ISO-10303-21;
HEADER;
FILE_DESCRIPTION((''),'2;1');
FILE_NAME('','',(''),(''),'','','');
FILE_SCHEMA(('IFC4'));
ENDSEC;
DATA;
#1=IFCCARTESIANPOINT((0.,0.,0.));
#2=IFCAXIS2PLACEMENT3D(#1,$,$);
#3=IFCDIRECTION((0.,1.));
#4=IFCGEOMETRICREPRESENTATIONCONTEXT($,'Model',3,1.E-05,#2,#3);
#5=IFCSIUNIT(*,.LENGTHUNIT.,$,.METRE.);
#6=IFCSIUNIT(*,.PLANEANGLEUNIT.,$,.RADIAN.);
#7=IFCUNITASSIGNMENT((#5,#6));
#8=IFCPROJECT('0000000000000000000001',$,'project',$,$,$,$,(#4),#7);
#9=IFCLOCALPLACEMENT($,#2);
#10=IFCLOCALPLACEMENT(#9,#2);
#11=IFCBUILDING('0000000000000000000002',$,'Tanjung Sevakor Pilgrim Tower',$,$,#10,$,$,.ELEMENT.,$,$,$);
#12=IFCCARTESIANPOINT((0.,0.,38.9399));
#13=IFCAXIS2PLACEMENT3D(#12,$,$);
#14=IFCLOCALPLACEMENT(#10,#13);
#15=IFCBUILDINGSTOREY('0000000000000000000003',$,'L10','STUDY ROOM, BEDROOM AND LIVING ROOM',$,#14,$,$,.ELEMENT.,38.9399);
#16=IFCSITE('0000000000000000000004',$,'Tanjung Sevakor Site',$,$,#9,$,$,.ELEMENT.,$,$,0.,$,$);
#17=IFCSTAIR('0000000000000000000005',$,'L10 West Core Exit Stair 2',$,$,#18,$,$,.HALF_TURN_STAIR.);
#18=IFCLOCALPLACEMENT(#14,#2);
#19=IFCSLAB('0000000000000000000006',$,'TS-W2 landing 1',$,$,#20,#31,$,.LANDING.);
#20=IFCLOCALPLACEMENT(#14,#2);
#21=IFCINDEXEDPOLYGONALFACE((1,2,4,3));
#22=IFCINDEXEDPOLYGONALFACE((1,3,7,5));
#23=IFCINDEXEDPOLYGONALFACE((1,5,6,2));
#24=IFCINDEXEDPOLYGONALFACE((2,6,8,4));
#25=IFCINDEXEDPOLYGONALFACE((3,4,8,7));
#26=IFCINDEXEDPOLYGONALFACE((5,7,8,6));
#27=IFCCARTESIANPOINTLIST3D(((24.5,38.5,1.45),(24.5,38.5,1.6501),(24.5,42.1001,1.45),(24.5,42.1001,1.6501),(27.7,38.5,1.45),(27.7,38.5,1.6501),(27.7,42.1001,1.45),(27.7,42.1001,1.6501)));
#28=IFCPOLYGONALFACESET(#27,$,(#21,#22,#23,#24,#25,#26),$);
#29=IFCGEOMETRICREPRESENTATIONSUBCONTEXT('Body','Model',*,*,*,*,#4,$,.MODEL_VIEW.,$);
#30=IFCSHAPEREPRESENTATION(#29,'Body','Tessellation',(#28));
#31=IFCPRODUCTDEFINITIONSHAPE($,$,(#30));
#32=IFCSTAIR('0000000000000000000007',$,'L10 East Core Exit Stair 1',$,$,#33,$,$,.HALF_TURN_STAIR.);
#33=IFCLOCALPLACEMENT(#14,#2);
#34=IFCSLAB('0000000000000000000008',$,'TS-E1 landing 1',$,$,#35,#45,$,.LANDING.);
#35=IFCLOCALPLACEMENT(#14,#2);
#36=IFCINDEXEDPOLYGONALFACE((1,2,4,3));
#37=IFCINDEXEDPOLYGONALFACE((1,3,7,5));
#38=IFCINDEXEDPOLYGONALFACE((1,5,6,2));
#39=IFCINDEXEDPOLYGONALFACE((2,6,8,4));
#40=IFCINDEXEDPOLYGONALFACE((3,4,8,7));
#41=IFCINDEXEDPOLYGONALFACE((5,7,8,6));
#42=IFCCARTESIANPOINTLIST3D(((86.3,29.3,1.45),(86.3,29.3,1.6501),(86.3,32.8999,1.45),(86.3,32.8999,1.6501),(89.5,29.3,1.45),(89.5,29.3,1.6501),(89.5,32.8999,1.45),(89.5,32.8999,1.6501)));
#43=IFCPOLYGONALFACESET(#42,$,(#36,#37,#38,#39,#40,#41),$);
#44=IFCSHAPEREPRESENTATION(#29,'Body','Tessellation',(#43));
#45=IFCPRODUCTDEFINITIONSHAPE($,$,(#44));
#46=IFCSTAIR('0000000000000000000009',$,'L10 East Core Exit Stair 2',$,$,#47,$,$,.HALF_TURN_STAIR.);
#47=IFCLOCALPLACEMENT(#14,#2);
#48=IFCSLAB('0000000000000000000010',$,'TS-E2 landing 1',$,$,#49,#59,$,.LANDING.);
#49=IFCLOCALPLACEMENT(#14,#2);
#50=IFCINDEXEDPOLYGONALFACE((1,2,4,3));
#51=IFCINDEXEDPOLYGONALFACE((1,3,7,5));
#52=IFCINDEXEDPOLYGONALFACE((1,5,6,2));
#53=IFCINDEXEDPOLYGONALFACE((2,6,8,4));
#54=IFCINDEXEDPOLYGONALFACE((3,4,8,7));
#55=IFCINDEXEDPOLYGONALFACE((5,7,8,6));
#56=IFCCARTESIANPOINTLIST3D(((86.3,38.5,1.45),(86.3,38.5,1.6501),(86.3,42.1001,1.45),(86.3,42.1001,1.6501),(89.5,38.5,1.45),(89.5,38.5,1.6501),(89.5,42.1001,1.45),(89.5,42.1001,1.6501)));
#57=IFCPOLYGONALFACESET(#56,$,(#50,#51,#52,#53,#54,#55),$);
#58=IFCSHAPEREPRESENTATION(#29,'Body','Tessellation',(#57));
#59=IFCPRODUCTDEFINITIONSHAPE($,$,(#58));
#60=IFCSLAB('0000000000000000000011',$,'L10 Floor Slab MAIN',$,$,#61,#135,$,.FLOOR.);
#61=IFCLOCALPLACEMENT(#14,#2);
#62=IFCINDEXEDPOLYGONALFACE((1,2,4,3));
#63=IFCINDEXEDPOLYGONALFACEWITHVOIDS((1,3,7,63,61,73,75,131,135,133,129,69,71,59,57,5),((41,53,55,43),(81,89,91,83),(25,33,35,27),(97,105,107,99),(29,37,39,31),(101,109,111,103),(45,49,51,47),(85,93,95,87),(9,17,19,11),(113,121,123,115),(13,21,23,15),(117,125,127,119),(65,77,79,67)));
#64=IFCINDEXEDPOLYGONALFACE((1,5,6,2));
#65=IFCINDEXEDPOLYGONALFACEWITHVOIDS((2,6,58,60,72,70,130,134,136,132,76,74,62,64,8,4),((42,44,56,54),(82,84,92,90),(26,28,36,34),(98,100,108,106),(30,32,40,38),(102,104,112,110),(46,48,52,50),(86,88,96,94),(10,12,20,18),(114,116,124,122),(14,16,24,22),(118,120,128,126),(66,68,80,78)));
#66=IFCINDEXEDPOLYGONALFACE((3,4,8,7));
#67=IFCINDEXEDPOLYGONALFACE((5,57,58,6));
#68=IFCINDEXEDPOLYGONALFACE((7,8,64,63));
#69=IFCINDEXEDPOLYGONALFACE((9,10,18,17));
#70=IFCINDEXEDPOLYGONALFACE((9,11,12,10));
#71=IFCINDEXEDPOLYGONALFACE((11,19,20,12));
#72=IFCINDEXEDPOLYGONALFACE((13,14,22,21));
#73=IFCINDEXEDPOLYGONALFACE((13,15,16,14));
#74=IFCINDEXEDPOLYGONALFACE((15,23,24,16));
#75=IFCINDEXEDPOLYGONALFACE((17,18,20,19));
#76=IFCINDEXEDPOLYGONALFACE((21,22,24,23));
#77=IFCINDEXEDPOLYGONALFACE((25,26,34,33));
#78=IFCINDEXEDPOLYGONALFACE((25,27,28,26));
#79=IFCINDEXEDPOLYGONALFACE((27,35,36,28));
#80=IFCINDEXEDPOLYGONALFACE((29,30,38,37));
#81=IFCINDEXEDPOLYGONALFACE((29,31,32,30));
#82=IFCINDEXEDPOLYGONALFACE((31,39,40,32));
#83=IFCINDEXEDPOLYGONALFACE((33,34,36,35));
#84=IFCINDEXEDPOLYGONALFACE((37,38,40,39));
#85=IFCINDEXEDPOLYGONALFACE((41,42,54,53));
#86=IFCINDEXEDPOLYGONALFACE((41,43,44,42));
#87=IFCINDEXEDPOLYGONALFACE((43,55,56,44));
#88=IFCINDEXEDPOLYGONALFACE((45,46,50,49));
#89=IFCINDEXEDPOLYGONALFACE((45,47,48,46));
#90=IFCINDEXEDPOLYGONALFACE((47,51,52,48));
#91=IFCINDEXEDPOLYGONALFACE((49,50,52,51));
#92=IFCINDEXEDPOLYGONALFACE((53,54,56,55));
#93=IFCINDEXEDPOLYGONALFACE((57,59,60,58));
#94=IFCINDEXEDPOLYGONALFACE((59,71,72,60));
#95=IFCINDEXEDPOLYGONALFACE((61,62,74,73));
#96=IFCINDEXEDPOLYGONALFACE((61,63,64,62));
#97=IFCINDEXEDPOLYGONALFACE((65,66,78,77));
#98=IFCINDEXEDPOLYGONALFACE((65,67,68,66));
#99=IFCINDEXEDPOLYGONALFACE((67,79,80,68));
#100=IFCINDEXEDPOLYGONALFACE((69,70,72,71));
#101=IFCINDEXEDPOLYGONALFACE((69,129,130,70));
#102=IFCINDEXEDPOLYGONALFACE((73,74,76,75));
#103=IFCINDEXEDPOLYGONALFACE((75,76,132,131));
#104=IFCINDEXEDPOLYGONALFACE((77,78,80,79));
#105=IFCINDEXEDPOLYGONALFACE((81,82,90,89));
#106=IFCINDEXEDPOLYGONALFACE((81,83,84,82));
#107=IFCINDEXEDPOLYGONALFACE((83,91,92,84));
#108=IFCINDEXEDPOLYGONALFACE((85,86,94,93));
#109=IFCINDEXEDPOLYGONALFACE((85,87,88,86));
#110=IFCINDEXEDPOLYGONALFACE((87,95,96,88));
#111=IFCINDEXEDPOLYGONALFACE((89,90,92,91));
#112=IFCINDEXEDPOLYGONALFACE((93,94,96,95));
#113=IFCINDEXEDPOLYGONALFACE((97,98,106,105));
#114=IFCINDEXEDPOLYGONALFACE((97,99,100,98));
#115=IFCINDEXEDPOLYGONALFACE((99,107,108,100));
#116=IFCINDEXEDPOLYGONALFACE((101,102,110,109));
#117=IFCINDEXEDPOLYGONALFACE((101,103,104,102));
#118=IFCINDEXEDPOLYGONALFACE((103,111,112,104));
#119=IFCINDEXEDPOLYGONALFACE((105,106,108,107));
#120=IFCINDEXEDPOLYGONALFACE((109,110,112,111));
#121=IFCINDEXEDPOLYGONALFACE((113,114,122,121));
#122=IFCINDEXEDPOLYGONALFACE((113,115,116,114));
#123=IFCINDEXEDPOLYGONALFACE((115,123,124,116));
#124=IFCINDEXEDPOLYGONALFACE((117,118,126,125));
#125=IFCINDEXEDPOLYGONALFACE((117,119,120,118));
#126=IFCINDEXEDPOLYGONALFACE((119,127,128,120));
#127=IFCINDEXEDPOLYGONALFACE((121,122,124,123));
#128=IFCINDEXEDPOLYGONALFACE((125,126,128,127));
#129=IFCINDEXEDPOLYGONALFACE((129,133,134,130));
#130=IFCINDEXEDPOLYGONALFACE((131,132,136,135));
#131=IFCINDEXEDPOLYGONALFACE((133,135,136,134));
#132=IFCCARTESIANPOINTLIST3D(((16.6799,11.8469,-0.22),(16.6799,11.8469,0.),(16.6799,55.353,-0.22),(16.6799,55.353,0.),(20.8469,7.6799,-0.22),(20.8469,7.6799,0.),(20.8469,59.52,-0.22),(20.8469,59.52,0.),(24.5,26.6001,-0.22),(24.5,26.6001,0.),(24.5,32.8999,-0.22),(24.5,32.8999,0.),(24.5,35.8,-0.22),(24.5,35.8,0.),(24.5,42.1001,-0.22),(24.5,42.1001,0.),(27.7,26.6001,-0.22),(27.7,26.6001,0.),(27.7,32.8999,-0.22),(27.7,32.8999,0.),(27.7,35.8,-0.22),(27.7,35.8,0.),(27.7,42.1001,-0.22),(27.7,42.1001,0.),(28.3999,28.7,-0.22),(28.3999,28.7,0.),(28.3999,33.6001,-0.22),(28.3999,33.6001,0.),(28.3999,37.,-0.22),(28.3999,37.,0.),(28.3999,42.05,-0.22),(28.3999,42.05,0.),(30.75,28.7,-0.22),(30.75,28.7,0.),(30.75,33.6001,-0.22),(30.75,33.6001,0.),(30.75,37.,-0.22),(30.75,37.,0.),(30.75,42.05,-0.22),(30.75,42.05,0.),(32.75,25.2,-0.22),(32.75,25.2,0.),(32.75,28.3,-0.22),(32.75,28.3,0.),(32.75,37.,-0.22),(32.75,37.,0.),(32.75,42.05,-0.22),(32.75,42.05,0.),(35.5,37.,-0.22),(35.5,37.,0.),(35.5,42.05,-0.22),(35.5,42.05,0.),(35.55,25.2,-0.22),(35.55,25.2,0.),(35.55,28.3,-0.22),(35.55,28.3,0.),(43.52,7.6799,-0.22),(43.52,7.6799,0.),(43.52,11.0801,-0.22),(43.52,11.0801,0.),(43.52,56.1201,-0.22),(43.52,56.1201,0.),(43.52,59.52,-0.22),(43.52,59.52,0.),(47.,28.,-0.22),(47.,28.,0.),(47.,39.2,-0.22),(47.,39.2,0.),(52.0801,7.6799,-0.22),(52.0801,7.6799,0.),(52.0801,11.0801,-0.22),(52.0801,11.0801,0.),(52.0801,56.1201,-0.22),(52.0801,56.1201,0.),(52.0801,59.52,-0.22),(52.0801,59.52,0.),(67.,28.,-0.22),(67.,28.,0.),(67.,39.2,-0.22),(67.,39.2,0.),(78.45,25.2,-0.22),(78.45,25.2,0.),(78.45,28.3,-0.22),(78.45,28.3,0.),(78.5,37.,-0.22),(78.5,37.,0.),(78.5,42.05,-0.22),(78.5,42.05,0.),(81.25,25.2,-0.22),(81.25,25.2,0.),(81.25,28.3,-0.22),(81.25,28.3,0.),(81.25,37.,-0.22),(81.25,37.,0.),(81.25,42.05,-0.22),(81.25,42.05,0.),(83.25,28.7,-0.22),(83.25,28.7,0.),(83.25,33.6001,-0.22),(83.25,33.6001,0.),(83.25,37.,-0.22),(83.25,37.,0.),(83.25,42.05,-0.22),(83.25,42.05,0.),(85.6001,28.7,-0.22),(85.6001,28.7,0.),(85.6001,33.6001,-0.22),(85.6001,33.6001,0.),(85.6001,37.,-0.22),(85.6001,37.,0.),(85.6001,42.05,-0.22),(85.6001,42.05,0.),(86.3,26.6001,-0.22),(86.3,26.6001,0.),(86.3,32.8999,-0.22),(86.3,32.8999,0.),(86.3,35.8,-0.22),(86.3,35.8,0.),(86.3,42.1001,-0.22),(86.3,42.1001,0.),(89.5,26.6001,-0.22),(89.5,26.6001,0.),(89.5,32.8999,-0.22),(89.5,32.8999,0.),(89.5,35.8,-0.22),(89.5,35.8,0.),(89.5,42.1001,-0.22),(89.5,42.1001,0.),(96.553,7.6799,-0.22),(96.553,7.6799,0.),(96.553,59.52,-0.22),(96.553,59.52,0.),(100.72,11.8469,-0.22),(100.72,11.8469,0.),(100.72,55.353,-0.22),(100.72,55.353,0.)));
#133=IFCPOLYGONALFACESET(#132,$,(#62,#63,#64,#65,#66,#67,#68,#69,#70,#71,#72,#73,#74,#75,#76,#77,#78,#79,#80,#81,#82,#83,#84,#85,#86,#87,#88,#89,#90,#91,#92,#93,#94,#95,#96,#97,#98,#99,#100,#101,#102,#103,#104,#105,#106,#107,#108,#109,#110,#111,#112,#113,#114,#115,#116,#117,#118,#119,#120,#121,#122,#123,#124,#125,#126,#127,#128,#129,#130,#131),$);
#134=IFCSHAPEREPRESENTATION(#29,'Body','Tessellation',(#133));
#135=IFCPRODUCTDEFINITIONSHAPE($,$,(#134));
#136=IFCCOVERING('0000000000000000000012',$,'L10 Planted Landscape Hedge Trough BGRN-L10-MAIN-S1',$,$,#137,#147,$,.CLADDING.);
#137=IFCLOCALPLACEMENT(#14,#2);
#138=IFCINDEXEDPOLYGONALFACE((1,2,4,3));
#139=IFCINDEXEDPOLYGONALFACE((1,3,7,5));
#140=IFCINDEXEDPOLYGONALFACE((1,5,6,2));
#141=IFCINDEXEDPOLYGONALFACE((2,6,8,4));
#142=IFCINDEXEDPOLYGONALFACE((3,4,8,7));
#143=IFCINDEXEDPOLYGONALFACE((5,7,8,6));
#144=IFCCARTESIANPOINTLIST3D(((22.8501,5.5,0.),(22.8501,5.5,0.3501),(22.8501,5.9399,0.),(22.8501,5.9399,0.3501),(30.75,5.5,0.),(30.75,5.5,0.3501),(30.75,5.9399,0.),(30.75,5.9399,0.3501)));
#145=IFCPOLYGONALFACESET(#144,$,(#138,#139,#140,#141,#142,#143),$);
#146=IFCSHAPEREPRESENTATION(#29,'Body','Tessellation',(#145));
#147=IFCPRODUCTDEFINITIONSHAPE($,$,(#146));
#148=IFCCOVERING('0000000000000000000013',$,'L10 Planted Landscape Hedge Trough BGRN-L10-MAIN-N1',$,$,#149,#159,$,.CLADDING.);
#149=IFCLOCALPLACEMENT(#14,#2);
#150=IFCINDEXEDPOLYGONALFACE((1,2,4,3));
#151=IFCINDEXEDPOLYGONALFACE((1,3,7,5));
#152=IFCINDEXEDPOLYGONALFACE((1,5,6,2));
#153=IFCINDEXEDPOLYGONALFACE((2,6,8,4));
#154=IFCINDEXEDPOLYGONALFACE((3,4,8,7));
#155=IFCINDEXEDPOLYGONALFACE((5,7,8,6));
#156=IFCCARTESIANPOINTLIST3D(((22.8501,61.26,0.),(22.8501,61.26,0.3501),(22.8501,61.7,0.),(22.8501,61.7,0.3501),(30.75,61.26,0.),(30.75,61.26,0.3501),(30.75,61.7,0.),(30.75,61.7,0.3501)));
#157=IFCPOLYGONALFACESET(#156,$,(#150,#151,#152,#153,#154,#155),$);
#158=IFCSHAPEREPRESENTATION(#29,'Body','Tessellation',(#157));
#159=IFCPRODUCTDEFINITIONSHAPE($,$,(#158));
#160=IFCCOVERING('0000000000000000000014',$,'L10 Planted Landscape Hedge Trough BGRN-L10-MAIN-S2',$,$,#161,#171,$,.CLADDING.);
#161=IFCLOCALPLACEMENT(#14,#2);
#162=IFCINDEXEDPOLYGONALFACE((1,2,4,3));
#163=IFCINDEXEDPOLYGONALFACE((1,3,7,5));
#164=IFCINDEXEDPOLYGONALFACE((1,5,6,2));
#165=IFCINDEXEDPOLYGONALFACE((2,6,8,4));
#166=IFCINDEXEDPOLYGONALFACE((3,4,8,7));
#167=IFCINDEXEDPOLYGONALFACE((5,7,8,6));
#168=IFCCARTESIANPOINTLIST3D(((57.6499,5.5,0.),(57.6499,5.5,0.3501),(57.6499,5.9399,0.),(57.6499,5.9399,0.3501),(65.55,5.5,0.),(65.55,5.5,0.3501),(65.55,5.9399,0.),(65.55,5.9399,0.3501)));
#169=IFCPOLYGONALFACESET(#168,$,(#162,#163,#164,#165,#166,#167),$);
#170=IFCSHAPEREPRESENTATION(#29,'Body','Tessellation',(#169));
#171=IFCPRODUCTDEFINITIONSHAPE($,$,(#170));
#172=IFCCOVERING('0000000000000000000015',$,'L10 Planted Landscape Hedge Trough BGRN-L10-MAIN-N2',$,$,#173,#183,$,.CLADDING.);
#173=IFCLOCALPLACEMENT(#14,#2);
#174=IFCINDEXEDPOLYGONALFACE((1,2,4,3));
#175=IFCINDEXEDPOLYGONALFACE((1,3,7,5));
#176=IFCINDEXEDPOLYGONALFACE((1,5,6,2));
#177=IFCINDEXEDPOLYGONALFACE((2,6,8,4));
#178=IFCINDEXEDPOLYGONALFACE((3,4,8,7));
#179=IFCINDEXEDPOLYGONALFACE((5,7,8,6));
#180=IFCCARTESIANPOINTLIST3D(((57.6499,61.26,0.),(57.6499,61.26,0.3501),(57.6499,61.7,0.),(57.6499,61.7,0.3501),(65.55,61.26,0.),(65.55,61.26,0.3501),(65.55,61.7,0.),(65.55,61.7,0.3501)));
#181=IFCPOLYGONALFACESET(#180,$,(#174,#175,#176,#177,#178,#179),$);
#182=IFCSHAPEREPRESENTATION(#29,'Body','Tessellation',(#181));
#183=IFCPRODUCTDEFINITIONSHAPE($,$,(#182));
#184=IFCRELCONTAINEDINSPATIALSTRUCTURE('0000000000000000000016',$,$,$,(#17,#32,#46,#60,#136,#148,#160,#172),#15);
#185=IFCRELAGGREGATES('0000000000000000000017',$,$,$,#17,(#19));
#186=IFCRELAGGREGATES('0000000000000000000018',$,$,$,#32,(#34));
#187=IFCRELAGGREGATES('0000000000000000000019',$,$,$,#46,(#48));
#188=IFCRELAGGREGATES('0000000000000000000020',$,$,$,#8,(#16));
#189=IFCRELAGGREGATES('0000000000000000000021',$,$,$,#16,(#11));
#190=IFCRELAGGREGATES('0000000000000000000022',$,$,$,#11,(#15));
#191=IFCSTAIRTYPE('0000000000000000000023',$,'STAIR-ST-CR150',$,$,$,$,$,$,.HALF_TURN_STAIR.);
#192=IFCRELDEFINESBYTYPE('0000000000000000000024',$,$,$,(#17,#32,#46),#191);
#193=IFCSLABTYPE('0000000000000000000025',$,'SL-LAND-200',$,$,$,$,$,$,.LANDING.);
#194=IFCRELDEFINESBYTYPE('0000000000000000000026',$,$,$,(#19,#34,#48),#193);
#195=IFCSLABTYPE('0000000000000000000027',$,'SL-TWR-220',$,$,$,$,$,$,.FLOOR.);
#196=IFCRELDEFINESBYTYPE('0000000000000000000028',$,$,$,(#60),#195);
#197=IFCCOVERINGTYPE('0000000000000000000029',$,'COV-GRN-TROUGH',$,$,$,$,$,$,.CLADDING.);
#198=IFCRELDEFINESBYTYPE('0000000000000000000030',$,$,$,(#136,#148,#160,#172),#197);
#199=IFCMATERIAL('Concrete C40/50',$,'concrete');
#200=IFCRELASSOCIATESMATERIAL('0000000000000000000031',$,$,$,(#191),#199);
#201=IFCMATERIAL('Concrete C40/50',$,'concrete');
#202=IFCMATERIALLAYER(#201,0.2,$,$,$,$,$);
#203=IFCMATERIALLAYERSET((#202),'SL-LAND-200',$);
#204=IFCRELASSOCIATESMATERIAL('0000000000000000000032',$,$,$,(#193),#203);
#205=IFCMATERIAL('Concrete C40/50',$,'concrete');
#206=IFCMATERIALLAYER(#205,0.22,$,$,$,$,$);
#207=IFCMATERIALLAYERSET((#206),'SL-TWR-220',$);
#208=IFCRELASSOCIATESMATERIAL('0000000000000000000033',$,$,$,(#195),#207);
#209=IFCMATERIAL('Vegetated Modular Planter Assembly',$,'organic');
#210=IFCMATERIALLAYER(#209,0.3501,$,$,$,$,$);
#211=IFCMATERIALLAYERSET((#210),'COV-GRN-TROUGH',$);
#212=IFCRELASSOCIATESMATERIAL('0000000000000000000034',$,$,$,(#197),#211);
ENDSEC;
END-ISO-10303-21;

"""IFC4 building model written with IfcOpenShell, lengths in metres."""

from ifc_helpers import new_model, si_unit, direction, frame, origin, place, context, subcontext, project, spatial, polyline, outline, extrude, material, layer, layer_set, type_object, element, aggregate, save


model = new_model("IFC4")

# Units and contexts
model_context = context("Model", 3, precision=1e-05, world=origin(), true_north=direction((0.0, 1.0)))
body_context = subcontext(model_context, "Body", "Model", "MODEL_VIEW")
ifc_project = project(units=[si_unit("LENGTHUNIT", "METRE"), si_unit("PLANEANGLEUNIT", "RADIAN")], contexts=[model_context])

# Site, building, storey
site_placement = place(None, origin())
site = spatial("IfcSite", under=ifc_project, at=site_placement, Name="Tanjung Sevakor Site", CompositionType="ELEMENT", RefElevation=0.0)
building_placement = place(site_placement, origin())
building = spatial("IfcBuilding", under=site, at=building_placement, Name="Tanjung Sevakor Pilgrim Tower", CompositionType="ELEMENT")
storey_placement = place(building_placement, frame((0.0, 0.0, 38.9399)))
storey = spatial("IfcBuildingStorey", under=building, at=storey_placement, Name="L10", Description="STUDY ROOM, BEDROOM AND LIVING ROOM", CompositionType="ELEMENT", Elevation=38.9399)

# Stairs, slabs
ifc_material_1 = material(Name="Concrete C40/50", Category="concrete")
stair_type = type_object("IfcStairType", Name="STAIR-ST-CR150", PredefinedType="HALF_TURN_STAIR", material=ifc_material_1)
ifc_material_2 = material(Name="Concrete C40/50", Category="concrete")
ifc_layer_1 = layer(ifc_material_2, 0.2)
ifc_layer_set_1 = layer_set([ifc_layer_1], Name="SL-LAND-200")
slab_type_1 = type_object("IfcSlabType", Name="SL-LAND-200", PredefinedType="LANDING", material=ifc_layer_set_1)
stair_1_placement = place(storey_placement, origin())
stair_1 = element("IfcStair", 1, at=stair_1_placement, inside=storey, type_object=stair_type, Name="L10 West Core Exit Stair 2", PredefinedType="HALF_TURN_STAIR")
slab_1_placement = place(storey_placement, frame((0.0, 0.0, 1.45)))
slab_1 = element("IfcSlab", 2, at=slab_1_placement, type_object=slab_type_1, Name="TS-W2 landing 1", PredefinedType="LANDING", context=body_context, shape_type="SweptSolid", body=[
    extrude(outline(polyline([(27.7, 38.5), (27.7, 42.1001), (24.5, 42.1001), (24.5, 38.5), (27.7, 38.5)])), origin(), (0.0, 0.0, 1.0), 0.2002),
])
aggregate(stair_1, [slab_1])
stair_2_placement = place(storey_placement, origin())
stair_2 = element("IfcStair", 3, at=stair_2_placement, inside=storey, type_object=stair_type, Name="L10 East Core Exit Stair 1", PredefinedType="HALF_TURN_STAIR")
slab_2_placement = place(storey_placement, frame((0.0, 0.0, 1.45)))
slab_2 = element("IfcSlab", 4, at=slab_2_placement, type_object=slab_type_1, Name="TS-E1 landing 1", PredefinedType="LANDING", context=body_context, shape_type="SweptSolid", body=[
    extrude(outline(polyline([(89.5, 29.3), (89.5, 32.8999), (86.3, 32.8999), (86.3, 29.3), (89.5, 29.3)])), origin(), (0.0, 0.0, 1.0), 0.2002),
])
aggregate(stair_2, [slab_2])
stair_3_placement = place(storey_placement, origin())
stair_3 = element("IfcStair", 5, at=stair_3_placement, inside=storey, type_object=stair_type, Name="L10 East Core Exit Stair 2", PredefinedType="HALF_TURN_STAIR")
slab_3_placement = place(storey_placement, frame((0.0, 0.0, 1.45)))
slab_3 = element("IfcSlab", 6, at=slab_3_placement, type_object=slab_type_1, Name="TS-E2 landing 1", PredefinedType="LANDING", context=body_context, shape_type="SweptSolid", body=[
    extrude(outline(polyline([(89.5, 38.5), (89.5, 42.1001), (86.3, 42.1001), (86.3, 38.5), (89.5, 38.5)])), origin(), (0.0, 0.0, 1.0), 0.2002),
])
aggregate(stair_3, [slab_3])

# Slab
ifc_material_3 = material(Name="Concrete C40/50", Category="concrete")
ifc_layer_2 = layer(ifc_material_3, 0.22)
ifc_layer_set_2 = layer_set([ifc_layer_2], Name="SL-TWR-220")
slab_type_2 = type_object("IfcSlabType", Name="SL-TWR-220", PredefinedType="FLOOR", material=ifc_layer_set_2)
slab_4_placement = place(storey_placement, frame((0.0, 0.0, -0.22)))
element("IfcSlab", 7, at=slab_4_placement, inside=storey, type_object=slab_type_2, Name="L10 Floor Slab MAIN", PredefinedType="FLOOR", context=body_context, shape_type="SweptSolid", body=[
    extrude(outline(polyline([(20.8469, 7.6799), (43.52, 7.6799), (43.52, 11.0801), (52.0801, 11.0801), (52.0801, 7.6799), (96.553, 7.6799), (100.72, 11.8469), (100.72, 55.353), (96.553, 59.52), (52.0801, 59.52), (52.0801, 56.1201), (43.52, 56.1201), (43.52, 59.52), (20.8469, 59.52), (16.6799, 55.353), (16.6799, 11.8469), (20.8469, 7.6799)]), holes=[polyline([(27.7, 26.6001), (27.7, 32.8999), (24.5, 32.8999), (24.5, 26.6001), (27.7, 26.6001)]), polyline([(27.7, 35.8), (27.7, 42.1001), (24.5, 42.1001), (24.5, 35.8), (27.7, 35.8)]), polyline([(89.5, 26.6001), (89.5, 32.8999), (86.3, 32.8999), (86.3, 26.6001), (89.5, 26.6001)]), polyline([(89.5, 35.8), (89.5, 42.1001), (86.3, 42.1001), (86.3, 35.8), (89.5, 35.8)]), polyline([(32.75, 25.2), (35.55, 25.2), (35.55, 28.3), (32.75, 28.3), (32.75, 25.2)]), polyline([(28.3999, 28.7), (30.75, 28.7), (30.75, 33.6001), (28.3999, 33.6001), (28.3999, 28.7)]), polyline([(28.3999, 37.0), (30.75, 37.0), (30.75, 42.05), (28.3999, 42.05), (28.3999, 37.0)]), polyline([(32.75, 37.0), (35.5, 37.0), (35.5, 42.05), (32.75, 42.05), (32.75, 37.0)]), polyline([(78.45, 25.2), (81.25, 25.2), (81.25, 28.3), (78.45, 28.3), (78.45, 25.2)]), polyline([(83.25, 28.7), (85.6001, 28.7), (85.6001, 33.6001), (83.25, 33.6001), (83.25, 28.7)]), polyline([(83.25, 37.0), (85.6001, 37.0), (85.6001, 42.05), (83.25, 42.05), (83.25, 37.0)]), polyline([(78.5, 37.0), (81.25, 37.0), (81.25, 42.05), (78.5, 42.05), (78.5, 37.0)]), polyline([(47.0, 28.0), (67.0, 28.0), (67.0, 39.2), (47.0, 39.2), (47.0, 28.0)])]), origin(), (0.0, 0.0, 1.0), 0.22),
])

# Coverings
ifc_material_4 = material(Name="Vegetated Modular Planter Assembly", Category="organic")
ifc_layer_3 = layer(ifc_material_4, 0.3501)
ifc_layer_set_3 = layer_set([ifc_layer_3], Name="COV-GRN-TROUGH")
covering_type = type_object("IfcCoveringType", Name="COV-GRN-TROUGH", PredefinedType="CLADDING", material=ifc_layer_set_3)
covering_1_placement = place(storey_placement, origin())
element("IfcCovering", 8, at=covering_1_placement, inside=storey, type_object=covering_type, Name="L10 Planted Landscape Hedge Trough BGRN-L10-MAIN-S1", PredefinedType="CLADDING", context=body_context, shape_type="SweptSolid", body=[
    extrude(outline(polyline([(22.8501, 5.5), (30.75, 5.5), (30.75, 5.9399), (22.8501, 5.9399), (22.8501, 5.5)])), origin(), (0.0, 0.0, 1.0), 0.3501),
])
covering_2_placement = place(storey_placement, origin())
element("IfcCovering", 9, at=covering_2_placement, inside=storey, type_object=covering_type, Name="L10 Planted Landscape Hedge Trough BGRN-L10-MAIN-N1", PredefinedType="CLADDING", context=body_context, shape_type="SweptSolid", body=[
    extrude(outline(polyline([(22.8501, 61.26), (30.75, 61.26), (30.75, 61.7), (22.8501, 61.7), (22.8501, 61.26)])), origin(), (0.0, 0.0, 1.0), 0.3501),
])
covering_3_placement = place(storey_placement, origin())
element("IfcCovering", 10, at=covering_3_placement, inside=storey, type_object=covering_type, Name="L10 Planted Landscape Hedge Trough BGRN-L10-MAIN-S2", PredefinedType="CLADDING", context=body_context, shape_type="SweptSolid", body=[
    extrude(outline(polyline([(57.6499, 5.5), (65.55, 5.5), (65.55, 5.9399), (57.6499, 5.9399), (57.6499, 5.5)])), origin(), (0.0, 0.0, 1.0), 0.3501),
])
covering_4_placement = place(storey_placement, origin())
element("IfcCovering", 11, at=covering_4_placement, inside=storey, type_object=covering_type, Name="L10 Planted Landscape Hedge Trough BGRN-L10-MAIN-N2", PredefinedType="CLADDING", context=body_context, shape_type="SweptSolid", body=[
    extrude(outline(polyline([(57.6499, 61.26), (65.55, 61.26), (65.55, 61.7), (57.6499, 61.7), (57.6499, 61.26)])), origin(), (0.0, 0.0, 1.0), 0.3501),
])

save(model, "model.ifc")
